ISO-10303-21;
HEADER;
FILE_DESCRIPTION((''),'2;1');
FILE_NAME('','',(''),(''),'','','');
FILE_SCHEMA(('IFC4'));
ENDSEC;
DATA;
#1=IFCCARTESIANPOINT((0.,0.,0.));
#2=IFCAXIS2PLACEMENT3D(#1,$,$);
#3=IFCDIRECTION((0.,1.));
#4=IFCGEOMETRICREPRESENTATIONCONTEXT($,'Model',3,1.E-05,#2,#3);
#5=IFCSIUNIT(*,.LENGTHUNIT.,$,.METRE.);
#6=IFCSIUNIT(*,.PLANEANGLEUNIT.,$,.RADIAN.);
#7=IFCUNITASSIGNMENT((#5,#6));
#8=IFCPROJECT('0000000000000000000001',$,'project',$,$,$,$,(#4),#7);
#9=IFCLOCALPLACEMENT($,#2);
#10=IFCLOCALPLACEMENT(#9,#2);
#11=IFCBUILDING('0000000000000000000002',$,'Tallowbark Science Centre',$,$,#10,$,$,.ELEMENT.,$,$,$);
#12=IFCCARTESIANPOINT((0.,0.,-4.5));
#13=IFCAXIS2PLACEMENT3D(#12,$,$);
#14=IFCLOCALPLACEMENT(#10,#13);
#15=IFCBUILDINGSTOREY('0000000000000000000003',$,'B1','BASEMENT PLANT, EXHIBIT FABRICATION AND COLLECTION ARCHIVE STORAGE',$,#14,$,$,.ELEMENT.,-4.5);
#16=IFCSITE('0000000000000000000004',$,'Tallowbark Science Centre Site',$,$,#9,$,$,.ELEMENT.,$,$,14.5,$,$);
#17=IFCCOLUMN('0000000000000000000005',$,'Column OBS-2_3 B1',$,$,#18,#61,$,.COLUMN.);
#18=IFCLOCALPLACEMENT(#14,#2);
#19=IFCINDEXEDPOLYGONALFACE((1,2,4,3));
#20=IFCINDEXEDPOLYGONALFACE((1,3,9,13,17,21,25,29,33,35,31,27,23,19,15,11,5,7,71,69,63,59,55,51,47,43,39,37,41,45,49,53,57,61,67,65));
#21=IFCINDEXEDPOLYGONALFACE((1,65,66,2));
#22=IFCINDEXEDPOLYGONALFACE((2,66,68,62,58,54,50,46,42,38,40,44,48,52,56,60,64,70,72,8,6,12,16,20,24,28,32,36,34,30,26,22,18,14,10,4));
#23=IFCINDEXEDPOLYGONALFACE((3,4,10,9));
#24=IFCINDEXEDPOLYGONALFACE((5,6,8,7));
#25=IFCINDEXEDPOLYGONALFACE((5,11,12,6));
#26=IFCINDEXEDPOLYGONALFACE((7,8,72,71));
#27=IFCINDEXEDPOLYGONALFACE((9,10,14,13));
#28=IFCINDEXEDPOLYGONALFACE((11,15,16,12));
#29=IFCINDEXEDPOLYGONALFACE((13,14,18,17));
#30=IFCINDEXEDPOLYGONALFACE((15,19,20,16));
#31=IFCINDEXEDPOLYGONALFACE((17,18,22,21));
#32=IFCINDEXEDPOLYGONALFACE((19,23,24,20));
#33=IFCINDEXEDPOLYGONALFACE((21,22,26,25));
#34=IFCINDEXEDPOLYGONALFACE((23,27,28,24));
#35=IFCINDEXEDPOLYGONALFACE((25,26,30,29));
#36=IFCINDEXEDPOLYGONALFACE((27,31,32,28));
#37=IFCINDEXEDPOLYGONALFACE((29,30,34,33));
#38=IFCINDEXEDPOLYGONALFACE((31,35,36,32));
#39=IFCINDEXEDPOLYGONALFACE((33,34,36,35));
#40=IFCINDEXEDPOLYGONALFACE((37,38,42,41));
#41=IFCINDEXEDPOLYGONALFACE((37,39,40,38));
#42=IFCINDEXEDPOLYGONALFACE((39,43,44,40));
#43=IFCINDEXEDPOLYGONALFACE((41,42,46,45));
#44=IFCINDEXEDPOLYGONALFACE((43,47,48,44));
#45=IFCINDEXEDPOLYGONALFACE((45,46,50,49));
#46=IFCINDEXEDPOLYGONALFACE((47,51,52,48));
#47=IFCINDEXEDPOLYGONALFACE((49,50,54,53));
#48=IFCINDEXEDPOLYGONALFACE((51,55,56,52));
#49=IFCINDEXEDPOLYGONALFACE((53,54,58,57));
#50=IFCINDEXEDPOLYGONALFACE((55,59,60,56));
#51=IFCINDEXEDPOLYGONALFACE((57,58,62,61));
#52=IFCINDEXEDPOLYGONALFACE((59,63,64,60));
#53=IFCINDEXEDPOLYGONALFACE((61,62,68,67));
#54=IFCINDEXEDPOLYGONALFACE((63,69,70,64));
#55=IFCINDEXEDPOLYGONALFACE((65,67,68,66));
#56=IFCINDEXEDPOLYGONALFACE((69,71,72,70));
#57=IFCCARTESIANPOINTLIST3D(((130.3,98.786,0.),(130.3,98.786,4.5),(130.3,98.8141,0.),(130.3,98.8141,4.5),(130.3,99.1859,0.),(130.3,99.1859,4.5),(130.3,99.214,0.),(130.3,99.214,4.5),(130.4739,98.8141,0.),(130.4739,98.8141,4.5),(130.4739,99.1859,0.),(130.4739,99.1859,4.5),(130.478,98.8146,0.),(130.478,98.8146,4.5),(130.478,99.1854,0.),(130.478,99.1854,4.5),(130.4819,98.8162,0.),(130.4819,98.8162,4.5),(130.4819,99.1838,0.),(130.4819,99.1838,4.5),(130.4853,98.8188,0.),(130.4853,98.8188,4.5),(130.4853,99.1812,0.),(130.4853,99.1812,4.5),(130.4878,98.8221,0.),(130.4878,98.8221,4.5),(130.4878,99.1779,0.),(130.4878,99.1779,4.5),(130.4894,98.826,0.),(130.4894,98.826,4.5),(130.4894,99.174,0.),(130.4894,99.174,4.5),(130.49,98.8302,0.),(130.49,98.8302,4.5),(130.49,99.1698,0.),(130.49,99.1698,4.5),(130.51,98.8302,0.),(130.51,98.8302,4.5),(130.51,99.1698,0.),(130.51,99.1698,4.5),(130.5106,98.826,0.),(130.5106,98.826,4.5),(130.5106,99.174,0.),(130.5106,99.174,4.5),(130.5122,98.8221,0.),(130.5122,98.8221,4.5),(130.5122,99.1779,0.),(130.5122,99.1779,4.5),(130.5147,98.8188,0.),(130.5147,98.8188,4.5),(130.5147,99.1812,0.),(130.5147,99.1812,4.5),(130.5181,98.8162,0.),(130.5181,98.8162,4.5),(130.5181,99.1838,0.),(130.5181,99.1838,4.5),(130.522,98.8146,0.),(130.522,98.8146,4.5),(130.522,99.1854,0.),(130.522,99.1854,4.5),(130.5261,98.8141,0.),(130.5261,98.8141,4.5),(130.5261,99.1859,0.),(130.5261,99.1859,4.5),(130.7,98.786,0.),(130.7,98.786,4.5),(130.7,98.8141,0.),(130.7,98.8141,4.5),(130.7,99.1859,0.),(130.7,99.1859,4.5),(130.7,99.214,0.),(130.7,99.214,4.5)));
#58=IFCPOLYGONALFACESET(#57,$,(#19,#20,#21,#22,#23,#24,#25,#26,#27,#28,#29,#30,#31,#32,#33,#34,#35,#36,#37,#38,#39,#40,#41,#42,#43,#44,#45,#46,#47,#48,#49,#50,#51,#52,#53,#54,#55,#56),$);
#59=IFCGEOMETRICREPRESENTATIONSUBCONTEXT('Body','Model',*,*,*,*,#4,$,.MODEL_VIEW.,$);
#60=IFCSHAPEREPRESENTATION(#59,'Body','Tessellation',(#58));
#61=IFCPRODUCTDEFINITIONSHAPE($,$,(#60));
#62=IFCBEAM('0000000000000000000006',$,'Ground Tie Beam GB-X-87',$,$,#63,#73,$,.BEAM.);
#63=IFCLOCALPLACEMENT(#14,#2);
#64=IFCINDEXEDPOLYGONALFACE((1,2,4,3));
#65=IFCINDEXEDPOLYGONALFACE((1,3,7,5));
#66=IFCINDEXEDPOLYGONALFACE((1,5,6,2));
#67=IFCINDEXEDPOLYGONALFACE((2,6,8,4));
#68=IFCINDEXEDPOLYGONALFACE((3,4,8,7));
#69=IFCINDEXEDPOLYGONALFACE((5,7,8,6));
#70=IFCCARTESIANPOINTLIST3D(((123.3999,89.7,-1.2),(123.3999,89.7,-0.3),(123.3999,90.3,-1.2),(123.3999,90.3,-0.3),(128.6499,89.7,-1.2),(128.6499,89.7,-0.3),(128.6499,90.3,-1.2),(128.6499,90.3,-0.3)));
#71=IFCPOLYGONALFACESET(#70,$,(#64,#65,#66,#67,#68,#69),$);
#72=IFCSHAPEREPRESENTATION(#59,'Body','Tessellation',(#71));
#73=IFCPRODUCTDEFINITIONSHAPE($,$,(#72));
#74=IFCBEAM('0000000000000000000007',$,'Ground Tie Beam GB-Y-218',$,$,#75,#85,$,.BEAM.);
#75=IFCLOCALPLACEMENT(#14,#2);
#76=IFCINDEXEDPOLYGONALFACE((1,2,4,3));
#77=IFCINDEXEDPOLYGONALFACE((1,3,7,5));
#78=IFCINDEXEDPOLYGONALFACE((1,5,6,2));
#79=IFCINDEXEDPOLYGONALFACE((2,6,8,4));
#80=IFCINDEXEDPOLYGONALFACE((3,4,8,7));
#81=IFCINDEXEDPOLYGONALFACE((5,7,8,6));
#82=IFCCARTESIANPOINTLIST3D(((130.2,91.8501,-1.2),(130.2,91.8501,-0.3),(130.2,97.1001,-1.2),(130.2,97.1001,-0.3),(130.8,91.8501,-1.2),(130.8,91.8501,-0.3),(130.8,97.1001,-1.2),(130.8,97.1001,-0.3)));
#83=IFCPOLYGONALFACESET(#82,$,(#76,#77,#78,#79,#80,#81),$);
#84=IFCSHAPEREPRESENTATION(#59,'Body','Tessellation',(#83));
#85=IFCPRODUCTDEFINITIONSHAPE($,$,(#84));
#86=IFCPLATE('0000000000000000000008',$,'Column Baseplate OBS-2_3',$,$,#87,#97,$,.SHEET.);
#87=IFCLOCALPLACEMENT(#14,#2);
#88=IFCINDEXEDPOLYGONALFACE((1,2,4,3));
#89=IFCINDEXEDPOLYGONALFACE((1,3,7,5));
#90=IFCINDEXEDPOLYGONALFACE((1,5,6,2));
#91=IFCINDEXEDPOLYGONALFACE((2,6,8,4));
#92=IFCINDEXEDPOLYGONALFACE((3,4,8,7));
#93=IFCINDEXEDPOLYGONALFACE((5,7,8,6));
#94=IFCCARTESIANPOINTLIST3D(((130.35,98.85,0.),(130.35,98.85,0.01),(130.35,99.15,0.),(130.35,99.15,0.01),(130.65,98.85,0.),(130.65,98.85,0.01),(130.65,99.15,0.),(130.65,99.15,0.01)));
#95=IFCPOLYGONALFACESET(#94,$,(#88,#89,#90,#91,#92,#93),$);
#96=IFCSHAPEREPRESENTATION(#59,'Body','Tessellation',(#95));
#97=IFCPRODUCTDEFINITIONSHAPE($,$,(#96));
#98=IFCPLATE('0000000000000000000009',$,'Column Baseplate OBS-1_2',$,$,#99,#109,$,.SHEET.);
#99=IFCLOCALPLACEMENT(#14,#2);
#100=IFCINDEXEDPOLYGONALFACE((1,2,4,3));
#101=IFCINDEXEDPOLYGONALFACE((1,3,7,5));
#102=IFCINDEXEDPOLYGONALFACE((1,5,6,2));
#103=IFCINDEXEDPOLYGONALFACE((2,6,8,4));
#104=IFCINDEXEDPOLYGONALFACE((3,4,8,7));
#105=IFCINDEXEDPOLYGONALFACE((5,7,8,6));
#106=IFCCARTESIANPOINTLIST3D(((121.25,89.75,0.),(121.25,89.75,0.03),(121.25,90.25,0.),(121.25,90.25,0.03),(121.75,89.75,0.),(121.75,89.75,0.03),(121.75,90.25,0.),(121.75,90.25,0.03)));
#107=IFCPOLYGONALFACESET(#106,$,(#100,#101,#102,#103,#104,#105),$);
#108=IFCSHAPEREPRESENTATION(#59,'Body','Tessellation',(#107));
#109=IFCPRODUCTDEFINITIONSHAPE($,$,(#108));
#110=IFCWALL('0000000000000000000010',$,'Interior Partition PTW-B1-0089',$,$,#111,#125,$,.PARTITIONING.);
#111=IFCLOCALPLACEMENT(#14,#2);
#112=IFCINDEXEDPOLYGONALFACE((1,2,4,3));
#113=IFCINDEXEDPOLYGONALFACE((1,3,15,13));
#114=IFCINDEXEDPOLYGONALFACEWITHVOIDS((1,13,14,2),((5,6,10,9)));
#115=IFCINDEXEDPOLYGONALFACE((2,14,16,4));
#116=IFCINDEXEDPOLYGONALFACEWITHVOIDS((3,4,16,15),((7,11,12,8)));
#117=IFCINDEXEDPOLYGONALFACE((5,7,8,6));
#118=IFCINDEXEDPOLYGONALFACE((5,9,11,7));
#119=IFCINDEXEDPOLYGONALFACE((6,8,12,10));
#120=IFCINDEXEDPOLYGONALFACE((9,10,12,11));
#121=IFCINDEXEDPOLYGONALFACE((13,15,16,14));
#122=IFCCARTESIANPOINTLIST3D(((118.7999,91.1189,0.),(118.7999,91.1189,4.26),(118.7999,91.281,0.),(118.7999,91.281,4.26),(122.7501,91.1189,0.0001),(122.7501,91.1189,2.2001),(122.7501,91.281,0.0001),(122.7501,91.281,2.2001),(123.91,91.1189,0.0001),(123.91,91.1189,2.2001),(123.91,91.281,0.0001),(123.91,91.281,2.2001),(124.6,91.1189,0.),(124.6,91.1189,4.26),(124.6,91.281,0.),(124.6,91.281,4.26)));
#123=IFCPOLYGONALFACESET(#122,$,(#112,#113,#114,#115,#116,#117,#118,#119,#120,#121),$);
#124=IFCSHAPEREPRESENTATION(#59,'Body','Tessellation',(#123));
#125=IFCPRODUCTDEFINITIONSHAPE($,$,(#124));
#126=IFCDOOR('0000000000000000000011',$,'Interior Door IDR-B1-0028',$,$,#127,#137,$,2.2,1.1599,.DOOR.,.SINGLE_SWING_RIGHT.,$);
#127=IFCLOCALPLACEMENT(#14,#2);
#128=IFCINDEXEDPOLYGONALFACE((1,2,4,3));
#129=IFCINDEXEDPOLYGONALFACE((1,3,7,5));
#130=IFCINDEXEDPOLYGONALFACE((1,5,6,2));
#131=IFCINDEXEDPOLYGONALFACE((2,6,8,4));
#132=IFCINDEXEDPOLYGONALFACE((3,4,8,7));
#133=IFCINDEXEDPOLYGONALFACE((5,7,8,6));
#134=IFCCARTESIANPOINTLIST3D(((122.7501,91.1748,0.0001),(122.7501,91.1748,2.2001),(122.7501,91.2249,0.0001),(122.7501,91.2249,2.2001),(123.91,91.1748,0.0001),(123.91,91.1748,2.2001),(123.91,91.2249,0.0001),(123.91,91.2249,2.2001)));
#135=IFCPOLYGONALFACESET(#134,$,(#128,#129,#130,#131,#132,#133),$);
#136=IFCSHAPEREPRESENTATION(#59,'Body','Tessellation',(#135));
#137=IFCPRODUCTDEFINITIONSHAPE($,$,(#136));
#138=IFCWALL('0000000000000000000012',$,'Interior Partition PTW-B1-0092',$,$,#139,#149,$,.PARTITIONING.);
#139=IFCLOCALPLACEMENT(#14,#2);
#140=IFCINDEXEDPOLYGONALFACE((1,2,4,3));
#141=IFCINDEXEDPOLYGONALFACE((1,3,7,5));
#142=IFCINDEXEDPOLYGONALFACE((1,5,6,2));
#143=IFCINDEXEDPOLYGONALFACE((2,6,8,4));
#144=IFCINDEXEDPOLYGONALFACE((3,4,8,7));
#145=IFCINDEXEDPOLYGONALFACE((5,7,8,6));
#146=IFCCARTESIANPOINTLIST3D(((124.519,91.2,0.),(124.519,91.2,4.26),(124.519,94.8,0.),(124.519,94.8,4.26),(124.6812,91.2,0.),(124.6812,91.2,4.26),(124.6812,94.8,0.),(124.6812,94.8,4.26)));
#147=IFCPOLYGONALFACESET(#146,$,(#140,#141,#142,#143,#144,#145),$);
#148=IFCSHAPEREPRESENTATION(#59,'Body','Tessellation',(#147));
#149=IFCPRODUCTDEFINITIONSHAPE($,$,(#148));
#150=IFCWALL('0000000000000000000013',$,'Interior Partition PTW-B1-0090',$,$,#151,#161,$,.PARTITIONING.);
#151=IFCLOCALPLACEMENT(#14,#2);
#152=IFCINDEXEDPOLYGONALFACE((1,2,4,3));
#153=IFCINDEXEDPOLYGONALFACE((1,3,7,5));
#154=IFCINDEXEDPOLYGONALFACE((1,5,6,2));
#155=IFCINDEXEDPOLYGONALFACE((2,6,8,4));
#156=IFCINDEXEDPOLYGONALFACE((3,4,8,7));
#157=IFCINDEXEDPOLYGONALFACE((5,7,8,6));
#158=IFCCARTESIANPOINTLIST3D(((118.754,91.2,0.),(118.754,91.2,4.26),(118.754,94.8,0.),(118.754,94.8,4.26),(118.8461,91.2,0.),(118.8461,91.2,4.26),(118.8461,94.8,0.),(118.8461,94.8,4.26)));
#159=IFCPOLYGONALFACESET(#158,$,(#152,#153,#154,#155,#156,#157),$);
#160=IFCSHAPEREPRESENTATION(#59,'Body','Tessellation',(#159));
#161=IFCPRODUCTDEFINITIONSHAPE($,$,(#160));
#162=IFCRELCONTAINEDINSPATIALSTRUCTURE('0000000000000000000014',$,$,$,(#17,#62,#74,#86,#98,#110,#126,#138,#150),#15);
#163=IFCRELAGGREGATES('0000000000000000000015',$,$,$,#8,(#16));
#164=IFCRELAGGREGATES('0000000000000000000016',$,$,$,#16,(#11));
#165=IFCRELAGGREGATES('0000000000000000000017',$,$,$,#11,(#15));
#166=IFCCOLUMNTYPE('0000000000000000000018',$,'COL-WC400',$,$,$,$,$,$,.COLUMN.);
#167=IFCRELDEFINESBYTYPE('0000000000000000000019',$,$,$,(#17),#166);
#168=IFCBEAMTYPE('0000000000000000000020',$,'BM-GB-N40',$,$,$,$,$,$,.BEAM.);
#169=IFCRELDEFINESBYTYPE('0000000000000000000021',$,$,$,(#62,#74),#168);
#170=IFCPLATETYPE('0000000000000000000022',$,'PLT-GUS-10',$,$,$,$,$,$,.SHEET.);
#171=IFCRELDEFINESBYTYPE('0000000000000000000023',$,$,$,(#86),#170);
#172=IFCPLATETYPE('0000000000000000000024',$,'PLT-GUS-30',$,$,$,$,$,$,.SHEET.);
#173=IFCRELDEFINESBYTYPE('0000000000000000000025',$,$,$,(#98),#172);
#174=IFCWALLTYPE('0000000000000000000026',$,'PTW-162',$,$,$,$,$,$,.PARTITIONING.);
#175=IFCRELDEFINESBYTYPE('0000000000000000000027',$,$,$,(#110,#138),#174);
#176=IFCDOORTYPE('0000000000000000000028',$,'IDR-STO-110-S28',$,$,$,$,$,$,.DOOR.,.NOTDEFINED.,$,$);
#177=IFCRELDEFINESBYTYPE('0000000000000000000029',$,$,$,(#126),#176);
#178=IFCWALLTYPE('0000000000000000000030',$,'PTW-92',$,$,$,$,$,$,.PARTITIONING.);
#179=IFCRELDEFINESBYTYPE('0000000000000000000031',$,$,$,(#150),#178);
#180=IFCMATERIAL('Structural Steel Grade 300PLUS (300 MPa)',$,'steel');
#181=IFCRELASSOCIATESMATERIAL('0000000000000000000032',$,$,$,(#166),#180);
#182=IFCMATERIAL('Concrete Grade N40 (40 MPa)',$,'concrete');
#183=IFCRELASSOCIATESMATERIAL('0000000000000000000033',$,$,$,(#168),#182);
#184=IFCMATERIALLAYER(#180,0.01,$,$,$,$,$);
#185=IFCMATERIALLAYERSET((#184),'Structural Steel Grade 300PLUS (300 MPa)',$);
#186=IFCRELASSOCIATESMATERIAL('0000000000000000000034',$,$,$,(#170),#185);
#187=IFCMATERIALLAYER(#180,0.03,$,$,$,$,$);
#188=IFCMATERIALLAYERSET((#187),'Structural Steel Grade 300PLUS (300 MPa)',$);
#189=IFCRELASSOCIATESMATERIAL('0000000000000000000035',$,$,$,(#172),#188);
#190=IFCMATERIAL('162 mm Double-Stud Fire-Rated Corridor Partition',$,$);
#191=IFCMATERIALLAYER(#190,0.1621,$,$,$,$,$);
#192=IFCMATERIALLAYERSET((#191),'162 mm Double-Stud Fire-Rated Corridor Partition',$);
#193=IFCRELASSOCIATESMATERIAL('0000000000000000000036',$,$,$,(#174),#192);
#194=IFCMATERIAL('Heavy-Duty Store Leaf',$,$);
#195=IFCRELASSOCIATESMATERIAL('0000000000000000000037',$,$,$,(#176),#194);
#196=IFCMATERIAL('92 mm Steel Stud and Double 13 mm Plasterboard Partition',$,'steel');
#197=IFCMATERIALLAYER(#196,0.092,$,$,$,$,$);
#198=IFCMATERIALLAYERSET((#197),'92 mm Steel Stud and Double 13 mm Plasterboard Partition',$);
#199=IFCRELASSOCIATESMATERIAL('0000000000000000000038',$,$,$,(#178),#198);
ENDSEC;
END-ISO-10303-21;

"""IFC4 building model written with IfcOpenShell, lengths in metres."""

from ifc_helpers import new_model, si_unit, direction, frame, frame_2d, origin, origin_2d, place, context, subcontext, project, spatial, rectangle, i_section, extrude, material, layer, layer_set, material_profile, profile_set, type_object, element, fill, save


model = new_model("IFC4")

# Units and contexts
model_context = context("Model", 3, precision=1e-05, world=origin(), true_north=direction((0.0, 1.0)))
body_context = subcontext(model_context, "Body", "Model", "MODEL_VIEW")
ifc_project = project(units=[si_unit("LENGTHUNIT", "METRE"), si_unit("PLANEANGLEUNIT", "RADIAN")], contexts=[model_context])

# Site, building, storey
site_placement = place(None, origin())
site = spatial("IfcSite", under=ifc_project, at=site_placement, Name="Tallowbark Science Centre Site", CompositionType="ELEMENT", RefElevation=14.5)
building_placement = place(site_placement, origin())
building = spatial("IfcBuilding", under=site, at=building_placement, Name="Tallowbark Science Centre", CompositionType="ELEMENT")
storey_placement = place(building_placement, frame((0.0, 0.0, -4.5)))
storey = spatial("IfcBuildingStorey", under=building, at=storey_placement, Name="B1", Description="BASEMENT PLANT, EXHIBIT FABRICATION AND COLLECTION ARCHIVE STORAGE", CompositionType="ELEMENT", Elevation=-4.5)

# Shared definitions
ifc_material_1 = material(Name="Concrete Grade N40 (40 MPa)", Category="concrete")

# Column
ifc_material_2 = material(Name="Structural Steel Grade 300PLUS (300 MPa)", Category="steel")
ifc_material_profile_1 = material_profile(ifc_material_2, i_section(OverallWidth=0.3999, OverallDepth=0.428, WebThickness=0.02, FlangeThickness=0.0281, FilletRadius=0.0161, at=origin_2d()), Name="400WC270")
ifc_profile_set_1 = profile_set([ifc_material_profile_1], Name="Structural Steel Grade 300PLUS (300 MPa)")
column_type = type_object("IfcColumnType", Name="COL-WC400", PredefinedType="COLUMN", material=ifc_profile_set_1)
for number, where, z_axis, x_axis, name in (
    (1, (130.5, 99.0, 0.0), (0.0, 0.0, 1.0), (1.0, 0.0, 0.0), "Column OBS-2_3 B1"),
):
    element("IfcColumn", number, at=place(storey_placement, frame(where, z_axis=z_axis, x_axis=x_axis)), inside=storey, type_object=column_type, Name=name, PredefinedType="COLUMN", context=body_context, shape_type="SweptSolid", body=[
        extrude(i_section(OverallWidth=0.3999, OverallDepth=0.428, WebThickness=0.02, FlangeThickness=0.0281, FilletRadius=0.0161, at=origin_2d()), origin(), (0.0, 0.0, 1.0), 4.5),
    ])

# Beams
ifc_material_profile_2 = material_profile(ifc_material_1, rectangle(XDim=0.6001, YDim=0.8999, at=origin_2d()), Name="RC600x900")
ifc_profile_set_2 = profile_set([ifc_material_profile_2], Name="Concrete Grade N40 (40 MPa)")
beam_type = type_object("IfcBeamType", Name="BM-GB-N40", PredefinedType="BEAM", material=ifc_profile_set_2)
for number, where, z_axis, x_axis, name in (
    (2, (123.3999, 90.0, -0.75), (1.0, 0.0, 0.0), (0.0, 1.0, 0.0), "Ground Tie Beam GB-X-87"),
    (3, (130.5, 91.8501, -0.75), (0.0, 1.0, 0.0), (-1.0, 0.0, 0.0), "Ground Tie Beam GB-Y-218"),
):
    element("IfcBeam", number, at=place(storey_placement, frame(where, z_axis=z_axis, x_axis=x_axis)), inside=storey, type_object=beam_type, Name=name, PredefinedType="BEAM", context=body_context, shape_type="SweptSolid", body=[
        extrude(rectangle(XDim=0.6001, YDim=0.8999, at=origin_2d()), origin(), (0.0, 0.0, 1.0), 5.25),
    ])

# Plates
ifc_layer_1 = layer(ifc_material_2, 0.01)
ifc_layer_set_1 = layer_set([ifc_layer_1], Name="Structural Steel Grade 300PLUS (300 MPa)")
plate_type_1 = type_object("IfcPlateType", Name="PLT-GUS-10", PredefinedType="SHEET", material=ifc_layer_set_1)
plate_1_placement = place(storey_placement, frame((130.5, 99.0, 0.0), z_axis=(0.0, 0.0, 1.0), x_axis=(1.0, 0.0, 0.0)))
element("IfcPlate", 4, at=plate_1_placement, inside=storey, type_object=plate_type_1, Name="Column Baseplate OBS-2_3", PredefinedType="SHEET", context=body_context, shape_type="SweptSolid", body=[
    extrude(rectangle(XDim=0.3, YDim=0.3, at=origin_2d()), origin(), (0.0, 0.0, 1.0), 0.01),
])
ifc_layer_2 = layer(ifc_material_2, 0.03)
ifc_layer_set_2 = layer_set([ifc_layer_2], Name="Structural Steel Grade 300PLUS (300 MPa)")
plate_type_2 = type_object("IfcPlateType", Name="PLT-GUS-30", PredefinedType="SHEET", material=ifc_layer_set_2)
plate_2_placement = place(storey_placement, frame((121.5, 90.0, 0.0), z_axis=(0.0, 0.0, 1.0), x_axis=(1.0, 0.0, 0.0)))
element("IfcPlate", 5, at=plate_2_placement, inside=storey, type_object=plate_type_2, Name="Column Baseplate OBS-1_2", PredefinedType="SHEET", context=body_context, shape_type="SweptSolid", body=[
    extrude(rectangle(XDim=0.5, YDim=0.5, at=origin_2d()), origin(), (0.0, 0.0, 1.0), 0.03),
])

# Wall, opening, door
ifc_material_3 = material(Name="162 mm Double-Stud Fire-Rated Corridor Partition")
ifc_layer_3 = layer(ifc_material_3, 0.1621)
ifc_layer_set_3 = layer_set([ifc_layer_3], Name="162 mm Double-Stud Fire-Rated Corridor Partition")
wall_type_1 = type_object("IfcWallType", Name="PTW-162", PredefinedType="PARTITIONING", material=ifc_layer_set_3)
wall_1_placement = place(storey_placement, frame((118.8, 91.2, 0.0), z_axis=(0.0, 0.0, 1.0), x_axis=(1.0, 0.0, 0.0)))
wall_1 = element("IfcWall", 6, at=wall_1_placement, inside=storey, type_object=wall_type_1, Name="Interior Partition PTW-B1-0089", PredefinedType="PARTITIONING", context=body_context, shape_type="SweptSolid", body=[
    extrude(rectangle(XDim=5.8, YDim=0.1621, at=frame_2d((2.8999, 0.0))), origin(), (0.0, 0.0, 1.0), 4.26),
])
opening_1_placement = place(wall_1_placement, frame((3.95, 0.0, 0.0)))
opening_1 = element("IfcOpeningElement", 7, at=opening_1_placement, cuts=wall_1, PredefinedType="OPENING", context=body_context, shape_type="SweptSolid", body=[
    extrude(rectangle(XDim=1.1599, YDim=2.2, at=frame_2d((0.5801, 1.1001))), frame((0.0, 0.0911, 0.0), z_axis=(0.0, -1.0, 0.0), x_axis=(1.0, 0.0, 0.0)), (0.0, 0.0, 1.0), 0.1821),
])
ifc_material_4 = material(Name="Heavy-Duty Store Leaf")
door_type_1 = type_object("IfcDoorType", Name="IDR-STO-110-S28", OperationType="NOTDEFINED", PredefinedType="DOOR", material=ifc_material_4)
door_1_placement = place(opening_1_placement, origin())
door_1 = element("IfcDoor", 8, at=door_1_placement, inside=storey, type_object=door_type_1, Name="Interior Door IDR-B1-0028", OperationType="SINGLE_SWING_RIGHT", OverallHeight=2.2, OverallWidth=1.1599, PredefinedType="DOOR", context=body_context, shape_type="SweptSolid", body=[
    extrude(rectangle(XDim=1.1599, YDim=2.2, at=frame_2d((0.5801, 1.1001))), frame((0.0, 0.0249, 0.0), z_axis=(0.0, -1.0, 0.0), x_axis=(1.0, 0.0, 0.0)), (0.0, 0.0, 1.0), 0.05),
])
fill(opening_1, door_1)

# Walls
wall_2_placement = place(storey_placement, frame((124.6001, 91.2, 0.0), z_axis=(0.0, 0.0, 1.0), x_axis=(0.0, 1.0, 0.0)))
element("IfcWall", 9, at=wall_2_placement, inside=storey, type_object=wall_type_1, Name="Interior Partition PTW-B1-0092", PredefinedType="PARTITIONING", context=body_context, shape_type="SweptSolid", body=[
    extrude(rectangle(XDim=3.6001, YDim=0.1621, at=frame_2d((1.8, 0.0))), origin(), (0.0, 0.0, 1.0), 4.26),
])
ifc_material_5 = material(Name="92 mm Steel Stud and Double 13 mm Plasterboard Partition", Category="steel")
ifc_layer_4 = layer(ifc_material_5, 0.092)
ifc_layer_set_4 = layer_set([ifc_layer_4], Name="92 mm Steel Stud and Double 13 mm Plasterboard Partition")
wall_type_2 = type_object("IfcWallType", Name="PTW-92", PredefinedType="PARTITIONING", material=ifc_layer_set_4)
wall_3_placement = place(storey_placement, frame((118.8, 91.2, 0.0), z_axis=(0.0, 0.0, 1.0), x_axis=(0.0, 1.0, 0.0)))
element("IfcWall", 10, at=wall_3_placement, inside=storey, type_object=wall_type_2, Name="Interior Partition PTW-B1-0090", PredefinedType="PARTITIONING", context=body_context, shape_type="SweptSolid", body=[
    extrude(rectangle(XDim=3.6001, YDim=0.092, at=frame_2d((1.8, 0.0))), origin(), (0.0, 0.0, 1.0), 4.26),
])

save(model, "model.ifc")
